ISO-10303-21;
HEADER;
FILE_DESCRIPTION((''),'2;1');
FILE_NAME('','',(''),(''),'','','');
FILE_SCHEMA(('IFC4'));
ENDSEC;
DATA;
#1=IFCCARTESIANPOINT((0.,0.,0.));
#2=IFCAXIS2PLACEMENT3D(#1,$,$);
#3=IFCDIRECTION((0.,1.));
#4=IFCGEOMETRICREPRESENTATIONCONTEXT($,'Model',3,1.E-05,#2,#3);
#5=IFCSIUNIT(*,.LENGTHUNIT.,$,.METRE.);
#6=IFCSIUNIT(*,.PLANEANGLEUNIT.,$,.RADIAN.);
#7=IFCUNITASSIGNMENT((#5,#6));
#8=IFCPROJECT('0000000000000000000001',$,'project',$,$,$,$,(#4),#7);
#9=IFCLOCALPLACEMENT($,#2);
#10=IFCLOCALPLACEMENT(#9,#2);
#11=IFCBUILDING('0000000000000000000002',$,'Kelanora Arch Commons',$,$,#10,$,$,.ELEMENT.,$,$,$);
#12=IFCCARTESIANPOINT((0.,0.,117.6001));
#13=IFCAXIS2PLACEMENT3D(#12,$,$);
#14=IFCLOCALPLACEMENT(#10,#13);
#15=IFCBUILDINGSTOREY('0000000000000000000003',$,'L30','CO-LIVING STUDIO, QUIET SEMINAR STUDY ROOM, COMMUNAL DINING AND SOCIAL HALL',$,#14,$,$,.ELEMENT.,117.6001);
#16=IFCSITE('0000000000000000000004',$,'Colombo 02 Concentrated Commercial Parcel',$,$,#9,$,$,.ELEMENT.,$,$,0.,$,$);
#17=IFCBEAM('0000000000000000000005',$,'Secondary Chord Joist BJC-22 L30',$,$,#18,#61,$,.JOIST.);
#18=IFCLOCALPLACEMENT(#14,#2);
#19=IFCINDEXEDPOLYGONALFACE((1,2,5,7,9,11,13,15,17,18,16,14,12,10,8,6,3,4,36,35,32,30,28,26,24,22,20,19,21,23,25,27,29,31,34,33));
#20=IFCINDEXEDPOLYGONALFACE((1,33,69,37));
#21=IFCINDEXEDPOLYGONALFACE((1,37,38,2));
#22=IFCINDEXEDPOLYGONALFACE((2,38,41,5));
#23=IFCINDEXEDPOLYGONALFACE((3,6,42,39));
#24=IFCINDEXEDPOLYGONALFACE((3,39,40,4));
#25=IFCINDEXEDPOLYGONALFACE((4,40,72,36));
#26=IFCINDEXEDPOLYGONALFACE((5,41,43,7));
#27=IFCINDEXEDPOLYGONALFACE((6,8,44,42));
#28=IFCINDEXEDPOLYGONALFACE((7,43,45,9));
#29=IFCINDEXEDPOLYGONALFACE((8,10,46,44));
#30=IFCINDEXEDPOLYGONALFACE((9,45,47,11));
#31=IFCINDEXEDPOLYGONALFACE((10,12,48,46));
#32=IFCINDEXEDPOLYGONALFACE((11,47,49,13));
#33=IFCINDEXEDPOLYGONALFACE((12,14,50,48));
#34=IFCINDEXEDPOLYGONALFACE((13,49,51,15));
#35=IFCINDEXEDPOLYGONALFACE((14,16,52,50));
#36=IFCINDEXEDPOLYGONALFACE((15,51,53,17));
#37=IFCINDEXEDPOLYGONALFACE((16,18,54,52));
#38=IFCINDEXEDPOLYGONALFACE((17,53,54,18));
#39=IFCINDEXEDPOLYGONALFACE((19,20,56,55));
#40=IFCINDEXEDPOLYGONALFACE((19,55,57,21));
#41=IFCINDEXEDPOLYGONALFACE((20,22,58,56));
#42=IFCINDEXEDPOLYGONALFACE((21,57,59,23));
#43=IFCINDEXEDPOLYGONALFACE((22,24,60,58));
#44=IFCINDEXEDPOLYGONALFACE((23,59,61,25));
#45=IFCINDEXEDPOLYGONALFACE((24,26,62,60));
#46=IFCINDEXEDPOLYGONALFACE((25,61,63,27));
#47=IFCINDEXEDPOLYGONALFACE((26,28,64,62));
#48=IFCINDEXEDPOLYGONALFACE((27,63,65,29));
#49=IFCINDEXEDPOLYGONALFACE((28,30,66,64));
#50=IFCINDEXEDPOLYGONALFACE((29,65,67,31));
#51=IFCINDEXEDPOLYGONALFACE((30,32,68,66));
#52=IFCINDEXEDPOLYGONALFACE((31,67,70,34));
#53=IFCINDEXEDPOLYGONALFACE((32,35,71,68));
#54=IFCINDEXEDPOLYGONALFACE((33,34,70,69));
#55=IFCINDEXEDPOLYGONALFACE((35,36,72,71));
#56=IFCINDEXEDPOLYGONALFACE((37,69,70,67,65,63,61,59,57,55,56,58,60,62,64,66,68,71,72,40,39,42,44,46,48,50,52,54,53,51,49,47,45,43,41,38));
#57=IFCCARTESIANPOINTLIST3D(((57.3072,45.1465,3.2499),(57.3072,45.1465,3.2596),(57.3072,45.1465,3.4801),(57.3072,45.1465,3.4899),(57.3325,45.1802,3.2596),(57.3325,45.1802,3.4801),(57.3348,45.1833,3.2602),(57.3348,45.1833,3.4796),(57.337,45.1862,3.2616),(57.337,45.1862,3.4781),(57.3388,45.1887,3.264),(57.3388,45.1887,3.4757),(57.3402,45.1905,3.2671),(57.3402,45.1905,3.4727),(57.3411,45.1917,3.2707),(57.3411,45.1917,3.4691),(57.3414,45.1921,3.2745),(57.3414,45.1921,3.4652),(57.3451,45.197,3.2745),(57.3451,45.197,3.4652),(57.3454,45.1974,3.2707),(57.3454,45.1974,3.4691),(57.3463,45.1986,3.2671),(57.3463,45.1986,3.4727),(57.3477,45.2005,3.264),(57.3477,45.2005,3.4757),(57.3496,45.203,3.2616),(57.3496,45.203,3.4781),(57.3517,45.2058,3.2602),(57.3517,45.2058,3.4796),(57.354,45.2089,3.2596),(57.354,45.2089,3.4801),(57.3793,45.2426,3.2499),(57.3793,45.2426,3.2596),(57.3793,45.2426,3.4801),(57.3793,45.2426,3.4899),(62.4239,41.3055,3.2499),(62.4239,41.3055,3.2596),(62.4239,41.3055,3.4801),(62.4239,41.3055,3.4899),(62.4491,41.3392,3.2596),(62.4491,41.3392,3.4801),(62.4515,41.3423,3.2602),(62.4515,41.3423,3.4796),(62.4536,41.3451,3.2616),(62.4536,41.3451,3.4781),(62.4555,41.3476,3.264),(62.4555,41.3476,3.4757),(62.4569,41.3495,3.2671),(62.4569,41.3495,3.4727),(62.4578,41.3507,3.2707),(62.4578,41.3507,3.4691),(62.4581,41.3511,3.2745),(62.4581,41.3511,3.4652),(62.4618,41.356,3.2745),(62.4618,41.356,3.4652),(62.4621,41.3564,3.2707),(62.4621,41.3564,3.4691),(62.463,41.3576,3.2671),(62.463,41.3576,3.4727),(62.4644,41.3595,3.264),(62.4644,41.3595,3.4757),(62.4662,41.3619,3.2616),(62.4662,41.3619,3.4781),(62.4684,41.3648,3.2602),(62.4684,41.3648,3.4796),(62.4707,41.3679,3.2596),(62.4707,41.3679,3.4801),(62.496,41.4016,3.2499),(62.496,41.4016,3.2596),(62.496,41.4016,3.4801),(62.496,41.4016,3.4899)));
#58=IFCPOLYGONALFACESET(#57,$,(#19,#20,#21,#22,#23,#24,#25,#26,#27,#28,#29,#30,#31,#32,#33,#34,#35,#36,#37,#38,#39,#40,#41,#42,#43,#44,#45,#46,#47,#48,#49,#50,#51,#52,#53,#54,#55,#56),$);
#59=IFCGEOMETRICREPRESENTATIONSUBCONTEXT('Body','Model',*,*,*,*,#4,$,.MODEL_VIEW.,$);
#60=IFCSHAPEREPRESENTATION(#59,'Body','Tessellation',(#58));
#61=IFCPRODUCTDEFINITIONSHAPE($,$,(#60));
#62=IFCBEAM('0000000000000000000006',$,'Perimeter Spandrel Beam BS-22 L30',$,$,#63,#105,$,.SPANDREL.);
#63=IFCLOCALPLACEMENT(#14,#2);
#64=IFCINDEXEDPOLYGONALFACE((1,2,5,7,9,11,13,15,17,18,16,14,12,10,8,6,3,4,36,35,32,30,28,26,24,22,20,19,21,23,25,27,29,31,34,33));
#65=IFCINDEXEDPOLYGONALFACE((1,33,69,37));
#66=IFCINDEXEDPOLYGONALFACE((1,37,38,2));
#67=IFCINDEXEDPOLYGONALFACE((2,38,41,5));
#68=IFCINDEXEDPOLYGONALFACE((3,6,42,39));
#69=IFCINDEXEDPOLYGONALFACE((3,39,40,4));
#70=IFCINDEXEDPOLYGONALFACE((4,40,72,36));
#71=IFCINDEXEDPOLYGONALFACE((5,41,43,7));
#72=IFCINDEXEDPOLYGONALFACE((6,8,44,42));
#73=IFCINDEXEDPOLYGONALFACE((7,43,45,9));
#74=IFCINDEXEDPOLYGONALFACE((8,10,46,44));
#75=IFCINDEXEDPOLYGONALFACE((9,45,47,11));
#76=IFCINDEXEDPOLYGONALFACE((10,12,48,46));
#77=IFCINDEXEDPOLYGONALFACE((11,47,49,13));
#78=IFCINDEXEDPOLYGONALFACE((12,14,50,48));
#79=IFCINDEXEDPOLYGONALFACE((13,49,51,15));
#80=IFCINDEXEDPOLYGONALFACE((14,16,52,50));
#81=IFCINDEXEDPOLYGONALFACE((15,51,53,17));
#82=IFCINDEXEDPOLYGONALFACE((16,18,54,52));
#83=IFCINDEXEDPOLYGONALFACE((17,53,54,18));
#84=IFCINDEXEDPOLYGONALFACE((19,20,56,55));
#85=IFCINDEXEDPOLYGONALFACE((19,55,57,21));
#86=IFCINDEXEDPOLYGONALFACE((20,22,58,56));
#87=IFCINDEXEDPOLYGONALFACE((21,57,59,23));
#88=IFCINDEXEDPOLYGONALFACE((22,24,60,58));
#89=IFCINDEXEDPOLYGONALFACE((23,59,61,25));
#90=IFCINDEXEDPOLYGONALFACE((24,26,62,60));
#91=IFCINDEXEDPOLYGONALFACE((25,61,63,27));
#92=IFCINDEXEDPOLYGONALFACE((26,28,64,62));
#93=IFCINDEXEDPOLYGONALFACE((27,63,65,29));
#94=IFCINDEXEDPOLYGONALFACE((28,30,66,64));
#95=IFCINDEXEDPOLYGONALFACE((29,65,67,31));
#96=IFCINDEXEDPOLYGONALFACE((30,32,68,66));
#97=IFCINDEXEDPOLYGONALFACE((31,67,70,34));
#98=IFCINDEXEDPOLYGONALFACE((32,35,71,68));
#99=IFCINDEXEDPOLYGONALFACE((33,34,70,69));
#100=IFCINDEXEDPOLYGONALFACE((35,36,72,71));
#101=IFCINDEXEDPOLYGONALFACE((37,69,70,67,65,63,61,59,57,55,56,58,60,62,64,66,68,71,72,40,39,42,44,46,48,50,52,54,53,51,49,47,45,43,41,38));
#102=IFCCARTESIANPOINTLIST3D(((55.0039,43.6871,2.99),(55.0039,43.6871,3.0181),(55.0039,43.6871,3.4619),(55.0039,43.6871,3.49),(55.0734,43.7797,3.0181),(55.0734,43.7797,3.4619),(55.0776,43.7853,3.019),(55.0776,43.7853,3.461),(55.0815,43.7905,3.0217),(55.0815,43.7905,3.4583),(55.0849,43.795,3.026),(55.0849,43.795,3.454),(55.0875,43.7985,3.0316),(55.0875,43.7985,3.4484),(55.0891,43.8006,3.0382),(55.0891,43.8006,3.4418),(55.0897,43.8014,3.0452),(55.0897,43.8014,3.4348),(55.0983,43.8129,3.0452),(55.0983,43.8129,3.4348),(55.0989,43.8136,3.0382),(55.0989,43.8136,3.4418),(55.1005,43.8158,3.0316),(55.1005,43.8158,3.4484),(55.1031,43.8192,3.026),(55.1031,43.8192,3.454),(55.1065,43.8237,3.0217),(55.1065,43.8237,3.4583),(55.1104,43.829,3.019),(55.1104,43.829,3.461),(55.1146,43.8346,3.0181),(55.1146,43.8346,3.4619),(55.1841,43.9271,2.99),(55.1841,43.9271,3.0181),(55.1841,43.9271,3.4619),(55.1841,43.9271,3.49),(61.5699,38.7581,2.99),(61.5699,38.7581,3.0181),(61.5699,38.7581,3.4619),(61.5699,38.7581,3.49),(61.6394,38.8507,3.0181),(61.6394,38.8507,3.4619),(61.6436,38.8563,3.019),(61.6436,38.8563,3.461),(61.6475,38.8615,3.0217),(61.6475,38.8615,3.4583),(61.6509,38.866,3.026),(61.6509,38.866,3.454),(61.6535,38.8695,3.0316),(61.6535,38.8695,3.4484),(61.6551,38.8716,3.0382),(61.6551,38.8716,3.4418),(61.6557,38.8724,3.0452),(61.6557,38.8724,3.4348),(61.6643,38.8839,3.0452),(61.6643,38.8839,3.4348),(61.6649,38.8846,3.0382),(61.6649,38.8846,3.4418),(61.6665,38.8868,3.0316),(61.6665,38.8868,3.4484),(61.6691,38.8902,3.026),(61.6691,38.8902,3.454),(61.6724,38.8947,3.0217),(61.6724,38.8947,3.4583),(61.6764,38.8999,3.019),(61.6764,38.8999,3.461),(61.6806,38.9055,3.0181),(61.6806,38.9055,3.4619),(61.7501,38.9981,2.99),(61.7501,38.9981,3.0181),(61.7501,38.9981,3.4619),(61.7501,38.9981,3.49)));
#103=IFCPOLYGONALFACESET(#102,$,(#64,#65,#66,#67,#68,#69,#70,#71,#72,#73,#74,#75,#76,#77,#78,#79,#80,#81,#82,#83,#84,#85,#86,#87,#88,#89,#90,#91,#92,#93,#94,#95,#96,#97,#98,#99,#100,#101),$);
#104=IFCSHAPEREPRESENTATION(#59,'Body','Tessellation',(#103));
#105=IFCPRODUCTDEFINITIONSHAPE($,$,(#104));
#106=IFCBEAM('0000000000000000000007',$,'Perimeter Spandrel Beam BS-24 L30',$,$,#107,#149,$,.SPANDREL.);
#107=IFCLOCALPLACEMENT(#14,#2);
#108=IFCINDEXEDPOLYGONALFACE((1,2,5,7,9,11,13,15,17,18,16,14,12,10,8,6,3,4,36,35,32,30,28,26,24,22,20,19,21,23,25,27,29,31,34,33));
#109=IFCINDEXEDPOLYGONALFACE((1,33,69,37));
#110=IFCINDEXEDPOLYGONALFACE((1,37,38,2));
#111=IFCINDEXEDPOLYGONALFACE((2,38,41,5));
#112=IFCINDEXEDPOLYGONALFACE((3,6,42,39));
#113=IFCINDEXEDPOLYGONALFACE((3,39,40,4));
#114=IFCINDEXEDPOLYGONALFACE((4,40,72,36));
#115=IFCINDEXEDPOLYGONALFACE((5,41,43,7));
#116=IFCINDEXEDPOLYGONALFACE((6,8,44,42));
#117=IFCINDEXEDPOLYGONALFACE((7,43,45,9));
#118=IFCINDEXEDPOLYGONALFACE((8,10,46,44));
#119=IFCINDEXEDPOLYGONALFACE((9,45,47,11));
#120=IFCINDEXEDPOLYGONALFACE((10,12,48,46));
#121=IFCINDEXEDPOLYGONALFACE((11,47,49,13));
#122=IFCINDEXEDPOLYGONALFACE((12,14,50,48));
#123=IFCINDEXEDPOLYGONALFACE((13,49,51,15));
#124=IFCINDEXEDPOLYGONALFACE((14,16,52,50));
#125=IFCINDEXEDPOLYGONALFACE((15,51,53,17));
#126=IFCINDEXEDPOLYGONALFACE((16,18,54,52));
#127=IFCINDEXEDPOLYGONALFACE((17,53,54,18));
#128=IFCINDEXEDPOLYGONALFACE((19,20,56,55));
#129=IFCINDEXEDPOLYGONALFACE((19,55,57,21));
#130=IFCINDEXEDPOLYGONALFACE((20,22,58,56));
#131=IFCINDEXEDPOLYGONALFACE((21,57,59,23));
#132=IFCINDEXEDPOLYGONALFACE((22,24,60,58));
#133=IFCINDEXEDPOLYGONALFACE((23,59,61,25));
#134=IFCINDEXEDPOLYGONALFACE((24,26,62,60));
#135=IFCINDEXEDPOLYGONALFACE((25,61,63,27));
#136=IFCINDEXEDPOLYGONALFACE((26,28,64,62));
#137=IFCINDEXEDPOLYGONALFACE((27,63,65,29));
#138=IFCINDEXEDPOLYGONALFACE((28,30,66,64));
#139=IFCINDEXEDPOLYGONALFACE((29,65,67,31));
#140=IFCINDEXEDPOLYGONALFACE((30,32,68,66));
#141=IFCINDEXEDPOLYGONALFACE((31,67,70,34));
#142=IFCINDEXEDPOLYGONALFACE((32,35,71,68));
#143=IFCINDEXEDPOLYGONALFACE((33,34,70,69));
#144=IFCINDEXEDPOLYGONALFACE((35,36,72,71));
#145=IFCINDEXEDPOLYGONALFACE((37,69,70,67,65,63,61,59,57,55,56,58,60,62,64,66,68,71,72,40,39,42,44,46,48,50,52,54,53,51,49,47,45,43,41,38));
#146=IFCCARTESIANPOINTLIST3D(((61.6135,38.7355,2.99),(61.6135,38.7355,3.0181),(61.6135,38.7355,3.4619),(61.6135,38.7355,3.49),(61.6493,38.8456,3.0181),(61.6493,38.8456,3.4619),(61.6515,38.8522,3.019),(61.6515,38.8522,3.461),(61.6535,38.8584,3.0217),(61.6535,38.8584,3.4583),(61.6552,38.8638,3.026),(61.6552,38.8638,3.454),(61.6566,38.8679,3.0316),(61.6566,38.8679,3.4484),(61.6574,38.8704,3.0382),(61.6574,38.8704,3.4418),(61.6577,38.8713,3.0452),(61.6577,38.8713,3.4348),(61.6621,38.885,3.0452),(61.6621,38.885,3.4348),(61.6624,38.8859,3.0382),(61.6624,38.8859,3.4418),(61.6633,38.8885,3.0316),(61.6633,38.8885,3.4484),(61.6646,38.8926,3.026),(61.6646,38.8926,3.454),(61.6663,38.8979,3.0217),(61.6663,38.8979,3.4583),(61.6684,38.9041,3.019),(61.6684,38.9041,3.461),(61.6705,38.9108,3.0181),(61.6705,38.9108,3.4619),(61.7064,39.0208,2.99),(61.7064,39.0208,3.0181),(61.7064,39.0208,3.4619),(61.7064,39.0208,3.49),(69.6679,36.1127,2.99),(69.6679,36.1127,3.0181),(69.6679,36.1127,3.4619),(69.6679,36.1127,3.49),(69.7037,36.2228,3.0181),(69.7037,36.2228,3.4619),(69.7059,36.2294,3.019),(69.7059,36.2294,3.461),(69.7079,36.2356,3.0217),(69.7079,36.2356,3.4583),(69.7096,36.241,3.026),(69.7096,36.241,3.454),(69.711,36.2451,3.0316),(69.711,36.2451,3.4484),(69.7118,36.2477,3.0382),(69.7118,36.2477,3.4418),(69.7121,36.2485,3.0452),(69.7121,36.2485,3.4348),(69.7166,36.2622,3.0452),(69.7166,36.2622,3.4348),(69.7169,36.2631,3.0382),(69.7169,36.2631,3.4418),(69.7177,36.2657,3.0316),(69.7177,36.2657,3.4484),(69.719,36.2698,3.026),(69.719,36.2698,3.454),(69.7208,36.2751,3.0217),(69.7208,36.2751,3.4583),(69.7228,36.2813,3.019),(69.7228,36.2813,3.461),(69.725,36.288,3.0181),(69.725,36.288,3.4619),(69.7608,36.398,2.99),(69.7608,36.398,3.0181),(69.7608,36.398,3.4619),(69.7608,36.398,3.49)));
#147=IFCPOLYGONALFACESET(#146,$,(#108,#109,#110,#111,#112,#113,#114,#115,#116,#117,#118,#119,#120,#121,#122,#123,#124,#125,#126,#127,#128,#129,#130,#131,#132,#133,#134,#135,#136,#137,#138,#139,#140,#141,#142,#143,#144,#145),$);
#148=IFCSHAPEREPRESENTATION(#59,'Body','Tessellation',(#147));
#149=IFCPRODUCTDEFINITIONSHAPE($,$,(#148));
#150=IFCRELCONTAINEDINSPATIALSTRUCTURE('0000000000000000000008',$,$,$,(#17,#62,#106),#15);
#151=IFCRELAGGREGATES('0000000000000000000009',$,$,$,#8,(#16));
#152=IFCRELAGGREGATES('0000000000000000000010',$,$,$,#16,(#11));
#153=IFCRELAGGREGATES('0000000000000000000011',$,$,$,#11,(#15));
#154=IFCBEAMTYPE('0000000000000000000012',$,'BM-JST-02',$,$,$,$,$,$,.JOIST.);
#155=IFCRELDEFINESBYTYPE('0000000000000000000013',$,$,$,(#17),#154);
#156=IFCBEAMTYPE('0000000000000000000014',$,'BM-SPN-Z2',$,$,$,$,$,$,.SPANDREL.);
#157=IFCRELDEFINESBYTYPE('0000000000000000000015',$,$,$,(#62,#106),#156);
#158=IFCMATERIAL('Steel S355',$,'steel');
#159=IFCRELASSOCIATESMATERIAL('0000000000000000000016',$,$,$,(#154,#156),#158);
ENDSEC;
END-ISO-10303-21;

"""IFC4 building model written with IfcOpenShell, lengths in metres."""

from ifc_helpers import new_model, si_unit, direction, frame, origin, origin_2d, place, context, subcontext, project, spatial, i_section, extrude, material, material_profile, profile_set, type_object, element, save


model = new_model("IFC4")

# Units and contexts
model_context = context("Model", 3, precision=1e-05, world=origin(), true_north=direction((0.0, 1.0)))
body_context = subcontext(model_context, "Body", "Model", "MODEL_VIEW")
ifc_project = project(units=[si_unit("LENGTHUNIT", "METRE"), si_unit("PLANEANGLEUNIT", "RADIAN")], contexts=[model_context])

# Site, building, storey
site_placement = place(None, origin())
site = spatial("IfcSite", under=ifc_project, at=site_placement, Name="Colombo 02 Concentrated Commercial Parcel", CompositionType="ELEMENT", RefElevation=0.0)
building_placement = place(site_placement, origin())
building = spatial("IfcBuilding", under=site, at=building_placement, Name="Kelanora Arch Commons", CompositionType="ELEMENT")
storey_placement = place(building_placement, frame((0.0, 0.0, 117.6001)))
storey = spatial("IfcBuildingStorey", under=building, at=storey_placement, Name="L30", Description="CO-LIVING STUDIO, QUIET SEMINAR STUDY ROOM, COMMUNAL DINING AND SOCIAL HALL", CompositionType="ELEMENT", Elevation=117.6001)

# Beams
ifc_material_1 = material(Name="Steel S355", Category="steel")
ifc_material_profile_1 = material_profile(ifc_material_1, i_section(OverallWidth=0.1201, OverallDepth=0.24, WebThickness=0.0061, FlangeThickness=0.0098, FilletRadius=0.0149, at=origin_2d()), Name="IPE240")
ifc_profile_set_1 = profile_set([ifc_material_profile_1], Name="Steel S355")
beam_type_1 = type_object("IfcBeamType", Name="BM-JST-02", PredefinedType="JOIST", material=ifc_profile_set_1)
beam_1_placement = place(storey_placement, frame((57.3433, 45.1946, 3.3699), z_axis=(0.799734, -0.600354, 0.0), x_axis=(0.600354, 0.799734, 0.0)))
element("IfcBeam", 1, at=beam_1_placement, inside=storey, type_object=beam_type_1, Name="Secondary Chord Joist BJC-22 L30", PredefinedType="JOIST", context=body_context, shape_type="SweptSolid", body=[
    extrude(i_section(OverallWidth=0.1201, OverallDepth=0.24, WebThickness=0.0061, FlangeThickness=0.0098, FilletRadius=0.0149, at=origin_2d()), origin(), (0.0, 0.0, 1.0), 6.3979),
])
ifc_material_profile_2 = material_profile(ifc_material_1, i_section(OverallWidth=0.3, OverallDepth=0.5, WebThickness=0.0144, FlangeThickness=0.0281, FilletRadius=0.0271, at=origin_2d()), Name="HEB500")
ifc_profile_set_2 = profile_set([ifc_material_profile_2], Name="Steel S355")
beam_type_2 = type_object("IfcBeamType", Name="BM-SPN-Z2", PredefinedType="SPANDREL", material=ifc_profile_set_2)
beam_2_placement = place(storey_placement, frame((55.094, 43.8071, 3.24), z_axis=(0.799736, -0.600352, 0.0), x_axis=(0.600352, 0.799736, 0.0)))
element("IfcBeam", 2, at=beam_2_placement, inside=storey, type_object=beam_type_2, Name="Perimeter Spandrel Beam BS-22 L30", PredefinedType="SPANDREL", context=body_context, shape_type="SweptSolid", body=[
    extrude(i_section(OverallWidth=0.3, OverallDepth=0.5, WebThickness=0.0144, FlangeThickness=0.0281, FilletRadius=0.0271, at=origin_2d()), origin(), (0.0, 0.0, 1.0), 8.2102),
])
beam_3_placement = place(storey_placement, frame((61.6599, 38.8782, 3.24), z_axis=(0.950857, -0.309631, 0.0), x_axis=(0.309631, 0.950857, 0.0)))
element("IfcBeam", 3, at=beam_3_placement, inside=storey, type_object=beam_type_2, Name="Perimeter Spandrel Beam BS-24 L30", PredefinedType="SPANDREL", context=body_context, shape_type="SweptSolid", body=[
    extrude(i_section(OverallWidth=0.3, OverallDepth=0.5, WebThickness=0.0144, FlangeThickness=0.0281, FilletRadius=0.0271, at=origin_2d()), origin(), (0.0, 0.0, 1.0), 8.4707),
])

save(model, "model.ifc")
